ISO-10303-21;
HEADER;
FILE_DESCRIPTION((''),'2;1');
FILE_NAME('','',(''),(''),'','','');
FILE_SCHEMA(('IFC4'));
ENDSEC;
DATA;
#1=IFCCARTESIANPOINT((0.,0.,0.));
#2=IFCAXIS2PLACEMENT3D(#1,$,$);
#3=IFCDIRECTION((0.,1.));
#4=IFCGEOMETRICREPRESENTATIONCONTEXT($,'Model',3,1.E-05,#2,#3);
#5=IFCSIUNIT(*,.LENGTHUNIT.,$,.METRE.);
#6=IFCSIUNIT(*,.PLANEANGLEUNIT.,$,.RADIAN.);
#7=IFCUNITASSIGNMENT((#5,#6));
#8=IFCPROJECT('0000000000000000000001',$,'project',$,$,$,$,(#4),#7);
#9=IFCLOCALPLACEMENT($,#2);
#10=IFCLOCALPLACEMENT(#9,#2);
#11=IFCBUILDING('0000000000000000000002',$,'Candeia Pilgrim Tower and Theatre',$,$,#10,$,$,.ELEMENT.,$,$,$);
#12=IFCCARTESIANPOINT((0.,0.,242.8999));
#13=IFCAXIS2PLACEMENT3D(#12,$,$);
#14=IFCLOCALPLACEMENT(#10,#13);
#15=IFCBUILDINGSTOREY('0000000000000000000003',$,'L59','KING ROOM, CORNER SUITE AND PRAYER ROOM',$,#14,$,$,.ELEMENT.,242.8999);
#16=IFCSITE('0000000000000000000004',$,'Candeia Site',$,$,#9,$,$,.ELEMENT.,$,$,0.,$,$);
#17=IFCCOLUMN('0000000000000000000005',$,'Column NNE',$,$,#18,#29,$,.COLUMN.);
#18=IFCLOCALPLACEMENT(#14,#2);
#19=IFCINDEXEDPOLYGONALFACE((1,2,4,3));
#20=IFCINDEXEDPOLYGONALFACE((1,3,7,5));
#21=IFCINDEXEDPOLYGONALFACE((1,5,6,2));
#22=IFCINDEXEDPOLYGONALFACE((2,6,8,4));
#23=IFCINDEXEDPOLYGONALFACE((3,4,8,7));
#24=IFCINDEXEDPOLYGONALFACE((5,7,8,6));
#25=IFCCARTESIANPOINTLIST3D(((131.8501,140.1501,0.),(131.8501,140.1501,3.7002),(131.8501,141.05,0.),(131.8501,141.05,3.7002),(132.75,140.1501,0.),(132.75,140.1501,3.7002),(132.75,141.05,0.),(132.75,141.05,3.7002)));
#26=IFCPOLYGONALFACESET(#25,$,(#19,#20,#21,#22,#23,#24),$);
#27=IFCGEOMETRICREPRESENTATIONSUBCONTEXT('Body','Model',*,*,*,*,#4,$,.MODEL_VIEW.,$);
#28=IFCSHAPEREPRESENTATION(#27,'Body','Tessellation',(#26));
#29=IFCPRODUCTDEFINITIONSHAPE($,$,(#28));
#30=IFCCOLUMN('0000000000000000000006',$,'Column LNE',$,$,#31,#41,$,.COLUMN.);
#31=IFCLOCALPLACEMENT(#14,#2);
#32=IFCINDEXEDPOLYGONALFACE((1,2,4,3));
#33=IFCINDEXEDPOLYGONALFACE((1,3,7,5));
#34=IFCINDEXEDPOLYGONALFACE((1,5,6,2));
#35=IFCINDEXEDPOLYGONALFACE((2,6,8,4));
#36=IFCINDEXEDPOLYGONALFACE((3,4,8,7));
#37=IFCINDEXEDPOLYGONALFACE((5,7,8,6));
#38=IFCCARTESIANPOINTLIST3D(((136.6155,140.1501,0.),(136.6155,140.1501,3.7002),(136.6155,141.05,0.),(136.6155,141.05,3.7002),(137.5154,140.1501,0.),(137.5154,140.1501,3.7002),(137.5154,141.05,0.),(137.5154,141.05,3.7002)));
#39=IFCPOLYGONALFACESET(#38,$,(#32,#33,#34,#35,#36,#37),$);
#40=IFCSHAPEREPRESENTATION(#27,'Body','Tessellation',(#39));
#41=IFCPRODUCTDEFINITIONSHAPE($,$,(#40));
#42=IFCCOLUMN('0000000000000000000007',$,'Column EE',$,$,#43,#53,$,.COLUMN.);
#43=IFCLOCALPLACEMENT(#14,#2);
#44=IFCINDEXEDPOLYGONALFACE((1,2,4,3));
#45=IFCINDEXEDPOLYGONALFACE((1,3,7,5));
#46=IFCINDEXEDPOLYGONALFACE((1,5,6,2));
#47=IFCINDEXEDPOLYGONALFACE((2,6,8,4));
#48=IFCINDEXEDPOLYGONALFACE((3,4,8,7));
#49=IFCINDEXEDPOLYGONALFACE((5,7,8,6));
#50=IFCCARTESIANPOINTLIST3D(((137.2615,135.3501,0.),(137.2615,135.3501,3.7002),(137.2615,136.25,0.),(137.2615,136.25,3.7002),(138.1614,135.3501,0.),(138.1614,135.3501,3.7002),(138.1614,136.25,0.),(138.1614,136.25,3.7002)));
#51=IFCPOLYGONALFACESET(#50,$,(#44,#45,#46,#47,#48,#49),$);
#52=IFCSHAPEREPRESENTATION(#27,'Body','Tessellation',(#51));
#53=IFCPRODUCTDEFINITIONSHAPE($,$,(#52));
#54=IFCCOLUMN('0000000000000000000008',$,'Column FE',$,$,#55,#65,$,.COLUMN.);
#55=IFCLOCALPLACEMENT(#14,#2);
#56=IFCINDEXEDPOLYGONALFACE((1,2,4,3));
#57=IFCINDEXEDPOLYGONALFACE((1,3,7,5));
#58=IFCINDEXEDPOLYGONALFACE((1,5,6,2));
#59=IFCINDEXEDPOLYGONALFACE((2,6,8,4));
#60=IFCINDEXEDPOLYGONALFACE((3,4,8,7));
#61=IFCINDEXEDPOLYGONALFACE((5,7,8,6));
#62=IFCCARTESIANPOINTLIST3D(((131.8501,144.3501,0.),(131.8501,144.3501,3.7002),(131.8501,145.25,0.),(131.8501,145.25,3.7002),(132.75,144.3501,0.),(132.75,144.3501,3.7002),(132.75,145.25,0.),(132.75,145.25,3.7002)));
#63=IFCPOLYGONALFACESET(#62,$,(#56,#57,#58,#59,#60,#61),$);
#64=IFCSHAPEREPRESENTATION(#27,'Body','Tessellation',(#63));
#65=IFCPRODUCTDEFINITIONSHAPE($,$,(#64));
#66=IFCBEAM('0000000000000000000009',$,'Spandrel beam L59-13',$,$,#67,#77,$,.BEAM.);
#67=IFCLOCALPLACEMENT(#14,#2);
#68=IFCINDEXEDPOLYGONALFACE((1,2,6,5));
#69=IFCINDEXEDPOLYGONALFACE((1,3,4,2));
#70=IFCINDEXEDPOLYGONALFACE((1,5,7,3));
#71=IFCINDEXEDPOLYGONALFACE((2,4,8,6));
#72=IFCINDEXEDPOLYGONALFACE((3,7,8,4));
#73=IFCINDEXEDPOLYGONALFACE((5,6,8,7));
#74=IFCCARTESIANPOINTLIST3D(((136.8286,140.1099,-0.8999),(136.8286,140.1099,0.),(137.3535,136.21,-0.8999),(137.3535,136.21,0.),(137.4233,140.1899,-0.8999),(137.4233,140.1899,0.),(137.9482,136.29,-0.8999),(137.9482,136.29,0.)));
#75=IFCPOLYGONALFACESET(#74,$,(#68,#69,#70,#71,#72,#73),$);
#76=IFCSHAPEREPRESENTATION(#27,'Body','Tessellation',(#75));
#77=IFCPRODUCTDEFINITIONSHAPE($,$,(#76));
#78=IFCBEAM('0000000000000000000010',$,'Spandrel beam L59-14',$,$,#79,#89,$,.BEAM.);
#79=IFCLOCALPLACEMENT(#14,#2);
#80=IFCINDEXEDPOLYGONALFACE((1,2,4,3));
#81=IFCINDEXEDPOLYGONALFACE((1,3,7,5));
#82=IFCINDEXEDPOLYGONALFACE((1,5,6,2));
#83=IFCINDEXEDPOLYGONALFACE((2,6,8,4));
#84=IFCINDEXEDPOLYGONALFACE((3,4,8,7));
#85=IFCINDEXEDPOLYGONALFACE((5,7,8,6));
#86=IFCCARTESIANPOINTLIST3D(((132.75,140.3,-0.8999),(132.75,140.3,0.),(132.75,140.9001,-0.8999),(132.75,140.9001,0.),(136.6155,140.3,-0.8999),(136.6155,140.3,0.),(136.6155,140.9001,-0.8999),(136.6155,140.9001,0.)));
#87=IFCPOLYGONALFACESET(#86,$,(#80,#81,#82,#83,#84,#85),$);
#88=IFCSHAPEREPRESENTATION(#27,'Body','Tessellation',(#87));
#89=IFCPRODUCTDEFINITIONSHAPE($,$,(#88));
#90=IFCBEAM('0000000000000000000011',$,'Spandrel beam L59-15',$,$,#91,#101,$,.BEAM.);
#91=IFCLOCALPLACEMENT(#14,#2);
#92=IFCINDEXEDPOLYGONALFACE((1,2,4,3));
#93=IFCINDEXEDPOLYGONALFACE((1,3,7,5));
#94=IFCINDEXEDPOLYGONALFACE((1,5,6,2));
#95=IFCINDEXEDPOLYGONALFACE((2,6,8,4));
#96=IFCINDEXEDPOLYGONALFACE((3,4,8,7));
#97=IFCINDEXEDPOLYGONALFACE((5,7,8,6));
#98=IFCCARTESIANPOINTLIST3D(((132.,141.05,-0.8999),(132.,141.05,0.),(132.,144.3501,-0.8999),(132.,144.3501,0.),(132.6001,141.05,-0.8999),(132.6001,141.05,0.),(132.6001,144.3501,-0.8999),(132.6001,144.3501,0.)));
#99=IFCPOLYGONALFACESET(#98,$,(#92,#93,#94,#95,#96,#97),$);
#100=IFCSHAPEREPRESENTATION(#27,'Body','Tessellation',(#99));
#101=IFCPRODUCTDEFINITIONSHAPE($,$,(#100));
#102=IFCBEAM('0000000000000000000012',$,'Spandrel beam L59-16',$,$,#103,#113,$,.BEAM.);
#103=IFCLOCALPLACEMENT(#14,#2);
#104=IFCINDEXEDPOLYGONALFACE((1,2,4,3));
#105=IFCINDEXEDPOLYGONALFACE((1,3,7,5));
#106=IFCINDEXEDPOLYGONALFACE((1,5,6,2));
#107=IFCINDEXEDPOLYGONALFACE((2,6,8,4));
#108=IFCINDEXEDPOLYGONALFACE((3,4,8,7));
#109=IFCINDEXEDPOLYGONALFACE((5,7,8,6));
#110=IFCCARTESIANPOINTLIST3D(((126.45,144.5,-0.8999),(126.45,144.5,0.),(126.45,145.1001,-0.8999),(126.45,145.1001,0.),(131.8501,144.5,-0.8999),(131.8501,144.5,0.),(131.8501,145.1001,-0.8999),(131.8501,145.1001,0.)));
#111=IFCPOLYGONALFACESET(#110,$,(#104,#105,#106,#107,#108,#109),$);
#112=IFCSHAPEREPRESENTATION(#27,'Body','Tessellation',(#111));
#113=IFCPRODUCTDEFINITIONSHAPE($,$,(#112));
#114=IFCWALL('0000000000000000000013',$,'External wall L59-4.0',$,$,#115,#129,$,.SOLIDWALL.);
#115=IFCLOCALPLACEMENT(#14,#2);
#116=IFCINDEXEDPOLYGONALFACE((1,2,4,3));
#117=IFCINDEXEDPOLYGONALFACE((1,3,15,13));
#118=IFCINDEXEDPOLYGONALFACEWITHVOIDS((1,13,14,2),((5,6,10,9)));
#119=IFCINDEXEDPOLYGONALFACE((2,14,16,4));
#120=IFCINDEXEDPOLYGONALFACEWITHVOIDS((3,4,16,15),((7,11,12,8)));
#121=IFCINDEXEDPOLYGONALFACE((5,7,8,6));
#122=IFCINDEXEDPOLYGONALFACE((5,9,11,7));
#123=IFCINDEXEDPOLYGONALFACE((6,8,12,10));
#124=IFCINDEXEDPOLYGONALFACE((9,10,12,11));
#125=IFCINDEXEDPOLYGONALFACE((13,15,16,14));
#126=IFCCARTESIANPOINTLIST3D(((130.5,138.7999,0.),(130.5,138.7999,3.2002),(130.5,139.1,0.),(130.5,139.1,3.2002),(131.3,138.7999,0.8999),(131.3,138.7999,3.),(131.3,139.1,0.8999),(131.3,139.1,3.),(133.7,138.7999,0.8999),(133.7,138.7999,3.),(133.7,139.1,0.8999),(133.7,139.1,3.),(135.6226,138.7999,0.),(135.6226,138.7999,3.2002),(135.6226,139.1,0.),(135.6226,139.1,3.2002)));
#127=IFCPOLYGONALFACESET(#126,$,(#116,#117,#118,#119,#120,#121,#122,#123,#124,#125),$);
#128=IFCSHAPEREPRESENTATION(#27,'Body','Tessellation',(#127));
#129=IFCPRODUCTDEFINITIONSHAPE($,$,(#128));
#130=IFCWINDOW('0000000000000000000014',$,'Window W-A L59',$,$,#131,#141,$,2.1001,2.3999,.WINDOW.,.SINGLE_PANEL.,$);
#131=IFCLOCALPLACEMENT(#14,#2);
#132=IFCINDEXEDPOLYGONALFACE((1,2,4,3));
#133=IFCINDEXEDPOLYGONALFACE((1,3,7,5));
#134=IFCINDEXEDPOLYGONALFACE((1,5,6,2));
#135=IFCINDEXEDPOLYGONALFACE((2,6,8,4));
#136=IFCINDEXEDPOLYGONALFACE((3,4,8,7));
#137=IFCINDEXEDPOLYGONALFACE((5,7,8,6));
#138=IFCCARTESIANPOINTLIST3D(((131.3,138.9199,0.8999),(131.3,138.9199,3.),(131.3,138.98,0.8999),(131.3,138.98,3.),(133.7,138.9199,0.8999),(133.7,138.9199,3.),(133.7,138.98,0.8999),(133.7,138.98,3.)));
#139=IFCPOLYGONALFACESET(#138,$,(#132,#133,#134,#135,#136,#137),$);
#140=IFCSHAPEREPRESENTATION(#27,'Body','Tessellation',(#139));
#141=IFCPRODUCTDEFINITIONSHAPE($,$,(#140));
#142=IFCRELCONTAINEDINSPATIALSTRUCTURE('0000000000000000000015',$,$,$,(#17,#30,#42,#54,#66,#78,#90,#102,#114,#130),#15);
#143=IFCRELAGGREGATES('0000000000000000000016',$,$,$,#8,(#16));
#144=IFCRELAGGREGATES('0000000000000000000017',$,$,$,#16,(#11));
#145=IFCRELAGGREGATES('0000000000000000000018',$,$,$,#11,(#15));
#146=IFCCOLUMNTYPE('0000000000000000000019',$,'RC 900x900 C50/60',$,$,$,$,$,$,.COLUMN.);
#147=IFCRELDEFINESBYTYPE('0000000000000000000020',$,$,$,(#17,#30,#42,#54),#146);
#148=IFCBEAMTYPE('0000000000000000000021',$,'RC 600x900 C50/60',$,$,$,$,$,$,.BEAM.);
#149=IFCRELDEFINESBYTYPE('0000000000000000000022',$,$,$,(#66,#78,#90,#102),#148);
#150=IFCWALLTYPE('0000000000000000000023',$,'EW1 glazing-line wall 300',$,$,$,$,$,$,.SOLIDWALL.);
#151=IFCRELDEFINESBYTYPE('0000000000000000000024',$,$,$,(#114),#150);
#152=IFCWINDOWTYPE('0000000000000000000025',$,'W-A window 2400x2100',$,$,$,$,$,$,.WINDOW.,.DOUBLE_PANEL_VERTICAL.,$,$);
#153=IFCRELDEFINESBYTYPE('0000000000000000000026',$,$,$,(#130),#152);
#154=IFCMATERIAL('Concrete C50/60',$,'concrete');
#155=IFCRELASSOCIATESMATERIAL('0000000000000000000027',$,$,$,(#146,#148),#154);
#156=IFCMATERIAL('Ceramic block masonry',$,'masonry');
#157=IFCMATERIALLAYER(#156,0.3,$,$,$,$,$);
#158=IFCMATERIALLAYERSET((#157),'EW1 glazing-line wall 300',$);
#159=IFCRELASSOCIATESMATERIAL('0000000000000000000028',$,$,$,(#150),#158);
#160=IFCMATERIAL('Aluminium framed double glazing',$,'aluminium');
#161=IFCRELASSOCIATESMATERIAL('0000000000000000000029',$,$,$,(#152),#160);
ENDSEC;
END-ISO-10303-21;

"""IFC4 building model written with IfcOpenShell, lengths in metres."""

from ifc_helpers import new_model, si_unit, direction, frame, frame_2d, origin, origin_2d, place, context, subcontext, project, spatial, rectangle, extrude, material, layer, layer_set, material_profile, profile_set, type_object, element, fill, save


model = new_model("IFC4")

# Units and contexts
model_context = context("Model", 3, precision=1e-05, world=origin(), true_north=direction((0.0, 1.0)))
body_context = subcontext(model_context, "Body", "Model", "MODEL_VIEW")
ifc_project = project(units=[si_unit("LENGTHUNIT", "METRE"), si_unit("PLANEANGLEUNIT", "RADIAN")], contexts=[model_context])

# Site, building, storey
site_placement = place(None, origin())
site = spatial("IfcSite", under=ifc_project, at=site_placement, Name="Candeia Site", CompositionType="ELEMENT", RefElevation=0.0)
building_placement = place(site_placement, origin())
building = spatial("IfcBuilding", under=site, at=building_placement, Name="Candeia Pilgrim Tower and Theatre", CompositionType="ELEMENT")
storey_placement = place(building_placement, frame((0.0, 0.0, 242.8999)))
storey = spatial("IfcBuildingStorey", under=building, at=storey_placement, Name="L59", Description="KING ROOM, CORNER SUITE AND PRAYER ROOM", CompositionType="ELEMENT", Elevation=242.8999)

# Columns
ifc_material_1 = material(Name="Concrete C50/60", Category="concrete")
ifc_material_profile_1 = material_profile(ifc_material_1, rectangle(XDim=0.8999, YDim=0.8999, at=origin_2d()))
ifc_profile_set_1 = profile_set([ifc_material_profile_1], Name="Concrete C50/60")
column_type = type_object("IfcColumnType", Name="RC 900x900 C50/60", PredefinedType="COLUMN", material=ifc_profile_set_1)
for number, where, z_axis, x_axis, name in (
    (1, (132.3, 140.6001, 0.0), (0.0, 0.0, 1.0), (1.0, 0.0, 0.0), "Column NNE"),
    (2, (137.0654, 140.6001, 0.0), (0.0, 0.0, 1.0), (1.0, 0.0, 0.0), "Column LNE"),
    (3, (137.7114, 135.8, 0.0), (0.0, 0.0, 1.0), (1.0, 0.0, 0.0), "Column EE"),
    (4, (132.3, 144.8, 0.0), (0.0, 0.0, 1.0), (1.0, 0.0, 0.0), "Column FE"),
):
    element("IfcColumn", number, at=place(storey_placement, frame(where, z_axis=z_axis, x_axis=x_axis)), inside=storey, type_object=column_type, Name=name, PredefinedType="COLUMN", context=body_context, shape_type="SweptSolid", body=[
        extrude(rectangle(XDim=0.8999, YDim=0.8999, at=origin_2d()), origin(), (0.0, 0.0, 1.0), 3.7002),
    ])

# Beams
ifc_material_profile_2 = material_profile(ifc_material_1, rectangle(XDim=0.6001, YDim=0.8999, at=origin_2d()))
ifc_profile_set_2 = profile_set([ifc_material_profile_2], Name="Concrete C50/60")
beam_type = type_object("IfcBeamType", Name="RC 600x900 C50/60", PredefinedType="BEAM", material=ifc_profile_set_2)
beam_1_placement = place(storey_placement, frame((137.6509, 136.25, -0.45), z_axis=(-0.133391, 0.991064, 0.0), x_axis=(-0.991064, -0.133391, 0.0)))
element("IfcBeam", 5, at=beam_1_placement, inside=storey, type_object=beam_type, Name="Spandrel beam L59-13", PredefinedType="BEAM", context=body_context, shape_type="SweptSolid", body=[
    extrude(rectangle(XDim=0.6001, YDim=0.8999, at=origin_2d()), origin(), (0.0, 0.0, 1.0), 3.9351),
])
beam_2_placement = place(storey_placement, frame((136.6155, 140.6001, -0.45), z_axis=(-1.0, 0.0, 0.0), x_axis=(0.0, -1.0, 0.0)))
element("IfcBeam", 6, at=beam_2_placement, inside=storey, type_object=beam_type, Name="Spandrel beam L59-14", PredefinedType="BEAM", context=body_context, shape_type="SweptSolid", body=[
    extrude(rectangle(XDim=0.6001, YDim=0.8999, at=origin_2d()), origin(), (0.0, 0.0, 1.0), 3.8655),
])
beam_3_placement = place(storey_placement, frame((132.3, 141.05, -0.45), z_axis=(0.0, 1.0, 0.0), x_axis=(-1.0, 0.0, 0.0)))
element("IfcBeam", 7, at=beam_3_placement, inside=storey, type_object=beam_type, Name="Spandrel beam L59-15", PredefinedType="BEAM", context=body_context, shape_type="SweptSolid", body=[
    extrude(rectangle(XDim=0.6001, YDim=0.8999, at=origin_2d()), origin(), (0.0, 0.0, 1.0), 3.3),
])
beam_4_placement = place(storey_placement, frame((131.8501, 144.8, -0.45), z_axis=(-1.0, 0.0, 0.0), x_axis=(0.0, -1.0, 0.0)))
element("IfcBeam", 8, at=beam_4_placement, inside=storey, type_object=beam_type, Name="Spandrel beam L59-16", PredefinedType="BEAM", context=body_context, shape_type="SweptSolid", body=[
    extrude(rectangle(XDim=0.6001, YDim=0.8999, at=origin_2d()), origin(), (0.0, 0.0, 1.0), 5.4001),
])

# Wall, opening, window
ifc_material_2 = material(Name="Ceramic block masonry", Category="masonry")
ifc_layer_1 = layer(ifc_material_2, 0.3)
ifc_layer_set_1 = layer_set([ifc_layer_1], Name="EW1 glazing-line wall 300")
wall_type_1 = type_object("IfcWallType", Name="EW1 glazing-line wall 300", PredefinedType="SOLIDWALL", material=ifc_layer_set_1)
wall_1_placement = place(storey_placement, frame((135.6226, 138.95, 0.0), z_axis=(0.0, 0.0, 1.0), x_axis=(-1.0, 0.0, 0.0)))
wall_1 = element("IfcWall", 9, at=wall_1_placement, inside=storey, type_object=wall_type_1, Name="External wall L59-4.0", PredefinedType="SOLIDWALL", context=body_context, shape_type="SweptSolid", body=[
    extrude(rectangle(XDim=5.1226, YDim=0.3, at=frame_2d((2.5613, 0.0))), origin(), (0.0, 0.0, 1.0), 3.2002),
])
opening_1_placement = place(wall_1_placement, frame((1.9226, 0.0, 0.8999)))
opening_1 = element("IfcOpeningElement", 10, at=opening_1_placement, cuts=wall_1, PredefinedType="OPENING", context=body_context, shape_type="SweptSolid", body=[
    extrude(rectangle(XDim=2.3999, YDim=2.1001, at=frame_2d((1.2, 1.05))), frame((0.0, 0.1602, 0.0), z_axis=(0.0, -1.0, 0.0), x_axis=(1.0, 0.0, 0.0)), (0.0, 0.0, 1.0), 0.3201),
])
ifc_material_3 = material(Name="Aluminium framed double glazing", Category="aluminium")
window_type = type_object("IfcWindowType", Name="W-A window 2400x2100", PartitioningType="DOUBLE_PANEL_VERTICAL", PredefinedType="WINDOW", material=ifc_material_3)
window_1_placement = place(opening_1_placement, origin())
window_1 = element("IfcWindow", 11, at=window_1_placement, inside=storey, type_object=window_type, Name="Window W-A L59", OverallHeight=2.1001, OverallWidth=2.3999, PartitioningType="SINGLE_PANEL", PredefinedType="WINDOW", context=body_context, shape_type="SweptSolid", body=[
    extrude(rectangle(XDim=2.3999, YDim=2.1001, at=frame_2d((1.2, 1.05))), frame((0.0, 0.03, 0.0), z_axis=(0.0, -1.0, 0.0), x_axis=(1.0, 0.0, 0.0)), (0.0, 0.0, 1.0), 0.0601),
])
fill(opening_1, window_1)

save(model, "model.ifc")
